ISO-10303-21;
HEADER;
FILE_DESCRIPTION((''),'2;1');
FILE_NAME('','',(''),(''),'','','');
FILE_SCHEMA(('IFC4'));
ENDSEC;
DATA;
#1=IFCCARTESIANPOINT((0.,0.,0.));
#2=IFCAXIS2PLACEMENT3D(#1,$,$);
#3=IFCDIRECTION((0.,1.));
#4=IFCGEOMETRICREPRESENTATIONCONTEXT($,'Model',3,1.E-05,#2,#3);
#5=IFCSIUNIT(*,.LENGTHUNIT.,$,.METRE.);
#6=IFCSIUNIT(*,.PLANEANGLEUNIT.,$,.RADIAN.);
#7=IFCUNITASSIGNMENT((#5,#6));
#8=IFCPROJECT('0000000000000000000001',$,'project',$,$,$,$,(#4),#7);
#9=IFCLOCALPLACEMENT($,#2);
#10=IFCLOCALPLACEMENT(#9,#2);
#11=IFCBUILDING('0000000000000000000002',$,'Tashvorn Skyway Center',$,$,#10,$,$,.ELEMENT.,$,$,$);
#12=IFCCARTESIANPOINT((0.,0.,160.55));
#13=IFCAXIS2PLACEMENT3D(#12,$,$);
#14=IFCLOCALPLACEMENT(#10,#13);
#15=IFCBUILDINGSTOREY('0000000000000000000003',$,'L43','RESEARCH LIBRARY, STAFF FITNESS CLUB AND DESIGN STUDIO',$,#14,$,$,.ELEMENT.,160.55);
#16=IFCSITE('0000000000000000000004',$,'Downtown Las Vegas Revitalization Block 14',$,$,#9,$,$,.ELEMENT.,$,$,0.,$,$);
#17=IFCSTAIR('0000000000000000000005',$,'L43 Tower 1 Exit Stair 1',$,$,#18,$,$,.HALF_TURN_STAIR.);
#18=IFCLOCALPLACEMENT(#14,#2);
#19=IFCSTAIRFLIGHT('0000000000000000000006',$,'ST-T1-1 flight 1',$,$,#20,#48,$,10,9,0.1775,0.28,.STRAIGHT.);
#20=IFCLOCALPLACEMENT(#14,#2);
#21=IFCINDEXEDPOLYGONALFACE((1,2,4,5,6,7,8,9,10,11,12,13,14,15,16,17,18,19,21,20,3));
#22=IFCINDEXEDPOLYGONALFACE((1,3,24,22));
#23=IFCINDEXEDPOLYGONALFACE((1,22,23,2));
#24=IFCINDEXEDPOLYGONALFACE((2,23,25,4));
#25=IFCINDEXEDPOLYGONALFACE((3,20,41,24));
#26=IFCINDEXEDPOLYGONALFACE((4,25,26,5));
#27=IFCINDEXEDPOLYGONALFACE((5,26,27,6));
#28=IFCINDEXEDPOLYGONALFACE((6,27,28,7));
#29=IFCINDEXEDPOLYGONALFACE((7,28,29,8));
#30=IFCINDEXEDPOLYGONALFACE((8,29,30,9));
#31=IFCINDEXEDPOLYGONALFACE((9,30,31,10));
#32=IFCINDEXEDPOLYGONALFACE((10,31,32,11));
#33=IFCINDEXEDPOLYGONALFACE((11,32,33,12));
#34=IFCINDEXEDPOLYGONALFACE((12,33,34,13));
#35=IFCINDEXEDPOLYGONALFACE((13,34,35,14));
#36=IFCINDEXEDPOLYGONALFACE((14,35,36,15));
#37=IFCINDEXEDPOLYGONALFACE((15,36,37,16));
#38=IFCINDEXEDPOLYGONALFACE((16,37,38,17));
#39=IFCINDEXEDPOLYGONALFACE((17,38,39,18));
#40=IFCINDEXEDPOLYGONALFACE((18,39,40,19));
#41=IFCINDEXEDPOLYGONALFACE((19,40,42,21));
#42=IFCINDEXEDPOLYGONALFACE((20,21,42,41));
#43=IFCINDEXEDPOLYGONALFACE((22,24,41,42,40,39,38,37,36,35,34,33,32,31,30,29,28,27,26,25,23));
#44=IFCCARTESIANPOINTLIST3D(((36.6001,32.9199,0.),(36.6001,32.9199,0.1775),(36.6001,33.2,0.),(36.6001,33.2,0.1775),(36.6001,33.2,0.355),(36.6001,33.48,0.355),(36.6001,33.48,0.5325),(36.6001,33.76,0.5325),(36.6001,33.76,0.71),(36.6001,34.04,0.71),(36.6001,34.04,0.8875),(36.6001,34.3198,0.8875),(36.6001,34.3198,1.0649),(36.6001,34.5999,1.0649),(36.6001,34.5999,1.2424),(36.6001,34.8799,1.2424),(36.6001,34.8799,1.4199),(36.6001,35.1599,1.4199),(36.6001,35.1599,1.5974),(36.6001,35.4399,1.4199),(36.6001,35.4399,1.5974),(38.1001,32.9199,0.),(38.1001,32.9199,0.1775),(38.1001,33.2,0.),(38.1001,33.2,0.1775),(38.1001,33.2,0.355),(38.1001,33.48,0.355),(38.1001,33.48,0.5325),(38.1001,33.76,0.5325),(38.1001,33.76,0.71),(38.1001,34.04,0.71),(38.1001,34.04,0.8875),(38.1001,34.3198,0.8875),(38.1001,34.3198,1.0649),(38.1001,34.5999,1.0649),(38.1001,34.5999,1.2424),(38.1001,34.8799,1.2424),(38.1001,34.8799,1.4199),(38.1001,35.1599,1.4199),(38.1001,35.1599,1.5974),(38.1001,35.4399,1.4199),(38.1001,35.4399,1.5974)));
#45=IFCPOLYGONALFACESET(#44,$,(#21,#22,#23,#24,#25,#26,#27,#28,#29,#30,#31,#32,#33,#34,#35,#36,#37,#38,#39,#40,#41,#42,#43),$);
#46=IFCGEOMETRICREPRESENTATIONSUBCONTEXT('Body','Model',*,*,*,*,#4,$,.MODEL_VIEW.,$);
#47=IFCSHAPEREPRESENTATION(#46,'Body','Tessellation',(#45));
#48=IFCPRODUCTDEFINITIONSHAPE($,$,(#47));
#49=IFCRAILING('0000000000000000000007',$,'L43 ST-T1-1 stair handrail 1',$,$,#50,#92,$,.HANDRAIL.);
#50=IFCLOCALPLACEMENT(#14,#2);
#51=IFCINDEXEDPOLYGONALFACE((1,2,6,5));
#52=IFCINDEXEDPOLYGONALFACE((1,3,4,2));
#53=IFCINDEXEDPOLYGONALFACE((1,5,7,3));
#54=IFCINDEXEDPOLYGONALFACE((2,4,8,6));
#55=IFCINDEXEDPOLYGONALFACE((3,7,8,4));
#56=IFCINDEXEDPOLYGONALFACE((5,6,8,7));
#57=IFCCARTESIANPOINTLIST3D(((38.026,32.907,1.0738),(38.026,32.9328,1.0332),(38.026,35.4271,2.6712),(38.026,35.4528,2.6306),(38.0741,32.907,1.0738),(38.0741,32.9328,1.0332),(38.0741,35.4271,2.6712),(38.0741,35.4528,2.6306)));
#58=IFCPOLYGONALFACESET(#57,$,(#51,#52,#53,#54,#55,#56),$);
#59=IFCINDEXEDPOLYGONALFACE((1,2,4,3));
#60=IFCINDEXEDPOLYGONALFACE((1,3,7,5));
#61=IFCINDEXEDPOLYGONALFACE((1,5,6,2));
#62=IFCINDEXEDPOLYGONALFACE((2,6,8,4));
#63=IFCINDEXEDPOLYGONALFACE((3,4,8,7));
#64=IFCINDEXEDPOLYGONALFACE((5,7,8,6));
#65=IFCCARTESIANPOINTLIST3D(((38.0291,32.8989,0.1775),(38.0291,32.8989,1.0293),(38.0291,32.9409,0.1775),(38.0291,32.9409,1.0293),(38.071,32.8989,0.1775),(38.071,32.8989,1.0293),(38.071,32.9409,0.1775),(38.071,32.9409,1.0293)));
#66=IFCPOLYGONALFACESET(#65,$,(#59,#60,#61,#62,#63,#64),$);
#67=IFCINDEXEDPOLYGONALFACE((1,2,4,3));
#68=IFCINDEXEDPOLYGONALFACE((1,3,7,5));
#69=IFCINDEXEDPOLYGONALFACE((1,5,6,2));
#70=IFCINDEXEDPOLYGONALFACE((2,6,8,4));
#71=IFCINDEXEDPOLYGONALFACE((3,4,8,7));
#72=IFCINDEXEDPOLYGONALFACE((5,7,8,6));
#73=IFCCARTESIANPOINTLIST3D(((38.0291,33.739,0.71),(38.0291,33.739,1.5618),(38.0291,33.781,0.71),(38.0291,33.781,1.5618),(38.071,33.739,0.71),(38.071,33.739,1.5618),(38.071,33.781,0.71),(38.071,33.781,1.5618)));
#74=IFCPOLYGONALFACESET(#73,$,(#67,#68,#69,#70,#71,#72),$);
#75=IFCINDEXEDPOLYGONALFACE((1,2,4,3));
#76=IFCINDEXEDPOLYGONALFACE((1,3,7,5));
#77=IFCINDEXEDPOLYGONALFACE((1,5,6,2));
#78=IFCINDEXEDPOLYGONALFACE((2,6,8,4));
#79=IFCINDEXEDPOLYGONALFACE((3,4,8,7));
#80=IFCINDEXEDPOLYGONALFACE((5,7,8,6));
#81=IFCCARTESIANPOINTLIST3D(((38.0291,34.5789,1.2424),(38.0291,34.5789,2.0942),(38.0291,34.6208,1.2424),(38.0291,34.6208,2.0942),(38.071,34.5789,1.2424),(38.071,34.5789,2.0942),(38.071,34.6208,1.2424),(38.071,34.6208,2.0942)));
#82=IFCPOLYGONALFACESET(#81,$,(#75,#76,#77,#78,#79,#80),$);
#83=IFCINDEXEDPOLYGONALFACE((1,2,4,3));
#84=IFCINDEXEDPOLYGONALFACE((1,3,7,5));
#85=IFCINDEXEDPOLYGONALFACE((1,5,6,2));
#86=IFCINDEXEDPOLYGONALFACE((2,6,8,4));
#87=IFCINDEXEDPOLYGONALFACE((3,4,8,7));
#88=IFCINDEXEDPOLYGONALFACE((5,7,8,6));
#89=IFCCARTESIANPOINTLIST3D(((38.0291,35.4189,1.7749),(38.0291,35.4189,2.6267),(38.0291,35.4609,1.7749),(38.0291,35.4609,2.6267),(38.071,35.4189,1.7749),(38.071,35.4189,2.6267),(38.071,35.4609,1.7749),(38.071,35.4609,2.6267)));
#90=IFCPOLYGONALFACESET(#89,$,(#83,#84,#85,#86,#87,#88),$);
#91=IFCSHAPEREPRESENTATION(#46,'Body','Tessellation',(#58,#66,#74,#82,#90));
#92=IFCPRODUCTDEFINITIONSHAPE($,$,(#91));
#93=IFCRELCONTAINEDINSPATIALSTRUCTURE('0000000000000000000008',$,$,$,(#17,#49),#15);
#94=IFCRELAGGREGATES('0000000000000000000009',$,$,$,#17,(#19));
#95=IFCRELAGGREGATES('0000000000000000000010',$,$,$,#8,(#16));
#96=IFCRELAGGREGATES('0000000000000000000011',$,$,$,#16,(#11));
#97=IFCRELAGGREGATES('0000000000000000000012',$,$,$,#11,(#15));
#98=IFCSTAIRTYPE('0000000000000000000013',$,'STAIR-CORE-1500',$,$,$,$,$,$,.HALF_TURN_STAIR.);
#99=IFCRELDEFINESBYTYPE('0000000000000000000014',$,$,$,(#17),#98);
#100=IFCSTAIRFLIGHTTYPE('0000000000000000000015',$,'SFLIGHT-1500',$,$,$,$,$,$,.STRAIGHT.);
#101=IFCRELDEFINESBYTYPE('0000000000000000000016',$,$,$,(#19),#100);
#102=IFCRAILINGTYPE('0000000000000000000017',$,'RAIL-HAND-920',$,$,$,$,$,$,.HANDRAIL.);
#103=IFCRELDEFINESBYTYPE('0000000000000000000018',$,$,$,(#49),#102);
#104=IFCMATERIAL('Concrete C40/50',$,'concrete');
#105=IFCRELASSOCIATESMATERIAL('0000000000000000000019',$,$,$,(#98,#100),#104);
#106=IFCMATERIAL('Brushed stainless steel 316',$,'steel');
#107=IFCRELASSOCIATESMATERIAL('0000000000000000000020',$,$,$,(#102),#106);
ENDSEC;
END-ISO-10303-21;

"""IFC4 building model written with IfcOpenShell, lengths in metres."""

from ifc_helpers import new_model, si_unit, direction, frame, origin, origin_2d, place, context, subcontext, project, spatial, polyline, rectangle, outline, extrude, material, type_object, element, aggregate, save


model = new_model("IFC4")

# Units and contexts
model_context = context("Model", 3, precision=1e-05, world=origin(), true_north=direction((0.0, 1.0)))
body_context = subcontext(model_context, "Body", "Model", "MODEL_VIEW")
ifc_project = project(units=[si_unit("LENGTHUNIT", "METRE"), si_unit("PLANEANGLEUNIT", "RADIAN")], contexts=[model_context])

# Site, building, storey
site_placement = place(None, origin())
site = spatial("IfcSite", under=ifc_project, at=site_placement, Name="Downtown Las Vegas Revitalization Block 14", CompositionType="ELEMENT", RefElevation=0.0)
building_placement = place(site_placement, origin())
building = spatial("IfcBuilding", under=site, at=building_placement, Name="Tashvorn Skyway Center", CompositionType="ELEMENT")
storey_placement = place(building_placement, frame((0.0, 0.0, 160.55)))
storey = spatial("IfcBuildingStorey", under=building, at=storey_placement, Name="L43", Description="RESEARCH LIBRARY, STAFF FITNESS CLUB AND DESIGN STUDIO", CompositionType="ELEMENT", Elevation=160.55)

# Shared definitions
ifc_material_1 = material(Name="Concrete C40/50", Category="concrete")

# Stair, stair flight
stair_type = type_object("IfcStairType", Name="STAIR-CORE-1500", PredefinedType="HALF_TURN_STAIR", material=ifc_material_1)
stair_placement = place(storey_placement, origin())
stair = element("IfcStair", 1, at=stair_placement, inside=storey, type_object=stair_type, Name="L43 Tower 1 Exit Stair 1", PredefinedType="HALF_TURN_STAIR")
stair_flight_type = type_object("IfcStairFlightType", Name="SFLIGHT-1500", PredefinedType="STRAIGHT", material=ifc_material_1)
stair_flight_placement = place(storey_placement, frame((37.3501, 32.9199, 0.0), z_axis=(0.0, 0.0, 1.0), x_axis=(0.0, 1.0, 0.0)))
stair_flight = element("IfcStairFlight", 2, at=stair_flight_placement, type_object=stair_flight_type, Name="ST-T1-1 flight 1", NumberOfRisers=10, NumberOfTreads=9, PredefinedType="STRAIGHT", RiserHeight=0.1775, TreadLength=0.28, context=body_context, shape_type="SweptSolid", body=[
    extrude(outline(polyline([(0.0, 0.0), (0.0, 0.1775), (0.28, 0.1775), (0.28, 0.355), (0.5601, 0.355), (0.5601, 0.5325), (0.8401, 0.5325), (0.8401, 0.71), (1.1201, 0.71), (1.1201, 0.8875), (1.3999, 0.8875), (1.3999, 1.0649), (1.6799, 1.0649), (1.6799, 1.2424), (1.96, 1.2424), (1.96, 1.4199), (2.24, 1.4199), (2.24, 1.5974), (2.52, 1.5974), (2.52, 1.7749), (2.52, 1.4199), (0.28, 0.0), (0.0, 0.0)])), frame((0.0, 0.75, 0.0), z_axis=(0.0, -1.0, 0.0), x_axis=(1.0, 0.0, 0.0)), (0.0, 0.0, 1.0), 1.5),
])
aggregate(stair, [stair_flight])

# Railing
ifc_material_2 = material(Name="Brushed stainless steel 316", Category="steel")
railing_type = type_object("IfcRailingType", Name="RAIL-HAND-920", PredefinedType="HANDRAIL", material=ifc_material_2)
railing_placement = place(storey_placement, frame((38.05, 32.9199, 0.1775)))
element("IfcRailing", 3, at=railing_placement, inside=storey, type_object=railing_type, Name="L43 ST-T1-1 stair handrail 1", PredefinedType="HANDRAIL", context=body_context, shape_type="SweptSolid", body=[
    extrude(rectangle(XDim=0.0481, YDim=0.0481, at=origin_2d()), frame((0.0, 0.0, 0.876), z_axis=(0.0, 0.844607, 0.535387), x_axis=(-1.0, 0.0, 0.0)), (0.0, 0.0, 1.0), 2.9836),
    extrude(rectangle(XDim=0.042, YDim=0.042, at=origin_2d()), origin(), (0.0, 0.0, 1.0), 0.8518),
    extrude(rectangle(XDim=0.042, YDim=0.042, at=origin_2d()), frame((0.0, 0.8401, 0.5325)), (0.0, 0.0, 1.0), 0.8518),
    extrude(rectangle(XDim=0.042, YDim=0.042, at=origin_2d()), frame((0.0, 1.6799, 1.0649)), (0.0, 0.0, 1.0), 0.8518),
    extrude(rectangle(XDim=0.042, YDim=0.042, at=origin_2d()), frame((0.0, 2.52, 1.5974)), (0.0, 0.0, 1.0), 0.8518),
])

save(model, "model.ifc")
